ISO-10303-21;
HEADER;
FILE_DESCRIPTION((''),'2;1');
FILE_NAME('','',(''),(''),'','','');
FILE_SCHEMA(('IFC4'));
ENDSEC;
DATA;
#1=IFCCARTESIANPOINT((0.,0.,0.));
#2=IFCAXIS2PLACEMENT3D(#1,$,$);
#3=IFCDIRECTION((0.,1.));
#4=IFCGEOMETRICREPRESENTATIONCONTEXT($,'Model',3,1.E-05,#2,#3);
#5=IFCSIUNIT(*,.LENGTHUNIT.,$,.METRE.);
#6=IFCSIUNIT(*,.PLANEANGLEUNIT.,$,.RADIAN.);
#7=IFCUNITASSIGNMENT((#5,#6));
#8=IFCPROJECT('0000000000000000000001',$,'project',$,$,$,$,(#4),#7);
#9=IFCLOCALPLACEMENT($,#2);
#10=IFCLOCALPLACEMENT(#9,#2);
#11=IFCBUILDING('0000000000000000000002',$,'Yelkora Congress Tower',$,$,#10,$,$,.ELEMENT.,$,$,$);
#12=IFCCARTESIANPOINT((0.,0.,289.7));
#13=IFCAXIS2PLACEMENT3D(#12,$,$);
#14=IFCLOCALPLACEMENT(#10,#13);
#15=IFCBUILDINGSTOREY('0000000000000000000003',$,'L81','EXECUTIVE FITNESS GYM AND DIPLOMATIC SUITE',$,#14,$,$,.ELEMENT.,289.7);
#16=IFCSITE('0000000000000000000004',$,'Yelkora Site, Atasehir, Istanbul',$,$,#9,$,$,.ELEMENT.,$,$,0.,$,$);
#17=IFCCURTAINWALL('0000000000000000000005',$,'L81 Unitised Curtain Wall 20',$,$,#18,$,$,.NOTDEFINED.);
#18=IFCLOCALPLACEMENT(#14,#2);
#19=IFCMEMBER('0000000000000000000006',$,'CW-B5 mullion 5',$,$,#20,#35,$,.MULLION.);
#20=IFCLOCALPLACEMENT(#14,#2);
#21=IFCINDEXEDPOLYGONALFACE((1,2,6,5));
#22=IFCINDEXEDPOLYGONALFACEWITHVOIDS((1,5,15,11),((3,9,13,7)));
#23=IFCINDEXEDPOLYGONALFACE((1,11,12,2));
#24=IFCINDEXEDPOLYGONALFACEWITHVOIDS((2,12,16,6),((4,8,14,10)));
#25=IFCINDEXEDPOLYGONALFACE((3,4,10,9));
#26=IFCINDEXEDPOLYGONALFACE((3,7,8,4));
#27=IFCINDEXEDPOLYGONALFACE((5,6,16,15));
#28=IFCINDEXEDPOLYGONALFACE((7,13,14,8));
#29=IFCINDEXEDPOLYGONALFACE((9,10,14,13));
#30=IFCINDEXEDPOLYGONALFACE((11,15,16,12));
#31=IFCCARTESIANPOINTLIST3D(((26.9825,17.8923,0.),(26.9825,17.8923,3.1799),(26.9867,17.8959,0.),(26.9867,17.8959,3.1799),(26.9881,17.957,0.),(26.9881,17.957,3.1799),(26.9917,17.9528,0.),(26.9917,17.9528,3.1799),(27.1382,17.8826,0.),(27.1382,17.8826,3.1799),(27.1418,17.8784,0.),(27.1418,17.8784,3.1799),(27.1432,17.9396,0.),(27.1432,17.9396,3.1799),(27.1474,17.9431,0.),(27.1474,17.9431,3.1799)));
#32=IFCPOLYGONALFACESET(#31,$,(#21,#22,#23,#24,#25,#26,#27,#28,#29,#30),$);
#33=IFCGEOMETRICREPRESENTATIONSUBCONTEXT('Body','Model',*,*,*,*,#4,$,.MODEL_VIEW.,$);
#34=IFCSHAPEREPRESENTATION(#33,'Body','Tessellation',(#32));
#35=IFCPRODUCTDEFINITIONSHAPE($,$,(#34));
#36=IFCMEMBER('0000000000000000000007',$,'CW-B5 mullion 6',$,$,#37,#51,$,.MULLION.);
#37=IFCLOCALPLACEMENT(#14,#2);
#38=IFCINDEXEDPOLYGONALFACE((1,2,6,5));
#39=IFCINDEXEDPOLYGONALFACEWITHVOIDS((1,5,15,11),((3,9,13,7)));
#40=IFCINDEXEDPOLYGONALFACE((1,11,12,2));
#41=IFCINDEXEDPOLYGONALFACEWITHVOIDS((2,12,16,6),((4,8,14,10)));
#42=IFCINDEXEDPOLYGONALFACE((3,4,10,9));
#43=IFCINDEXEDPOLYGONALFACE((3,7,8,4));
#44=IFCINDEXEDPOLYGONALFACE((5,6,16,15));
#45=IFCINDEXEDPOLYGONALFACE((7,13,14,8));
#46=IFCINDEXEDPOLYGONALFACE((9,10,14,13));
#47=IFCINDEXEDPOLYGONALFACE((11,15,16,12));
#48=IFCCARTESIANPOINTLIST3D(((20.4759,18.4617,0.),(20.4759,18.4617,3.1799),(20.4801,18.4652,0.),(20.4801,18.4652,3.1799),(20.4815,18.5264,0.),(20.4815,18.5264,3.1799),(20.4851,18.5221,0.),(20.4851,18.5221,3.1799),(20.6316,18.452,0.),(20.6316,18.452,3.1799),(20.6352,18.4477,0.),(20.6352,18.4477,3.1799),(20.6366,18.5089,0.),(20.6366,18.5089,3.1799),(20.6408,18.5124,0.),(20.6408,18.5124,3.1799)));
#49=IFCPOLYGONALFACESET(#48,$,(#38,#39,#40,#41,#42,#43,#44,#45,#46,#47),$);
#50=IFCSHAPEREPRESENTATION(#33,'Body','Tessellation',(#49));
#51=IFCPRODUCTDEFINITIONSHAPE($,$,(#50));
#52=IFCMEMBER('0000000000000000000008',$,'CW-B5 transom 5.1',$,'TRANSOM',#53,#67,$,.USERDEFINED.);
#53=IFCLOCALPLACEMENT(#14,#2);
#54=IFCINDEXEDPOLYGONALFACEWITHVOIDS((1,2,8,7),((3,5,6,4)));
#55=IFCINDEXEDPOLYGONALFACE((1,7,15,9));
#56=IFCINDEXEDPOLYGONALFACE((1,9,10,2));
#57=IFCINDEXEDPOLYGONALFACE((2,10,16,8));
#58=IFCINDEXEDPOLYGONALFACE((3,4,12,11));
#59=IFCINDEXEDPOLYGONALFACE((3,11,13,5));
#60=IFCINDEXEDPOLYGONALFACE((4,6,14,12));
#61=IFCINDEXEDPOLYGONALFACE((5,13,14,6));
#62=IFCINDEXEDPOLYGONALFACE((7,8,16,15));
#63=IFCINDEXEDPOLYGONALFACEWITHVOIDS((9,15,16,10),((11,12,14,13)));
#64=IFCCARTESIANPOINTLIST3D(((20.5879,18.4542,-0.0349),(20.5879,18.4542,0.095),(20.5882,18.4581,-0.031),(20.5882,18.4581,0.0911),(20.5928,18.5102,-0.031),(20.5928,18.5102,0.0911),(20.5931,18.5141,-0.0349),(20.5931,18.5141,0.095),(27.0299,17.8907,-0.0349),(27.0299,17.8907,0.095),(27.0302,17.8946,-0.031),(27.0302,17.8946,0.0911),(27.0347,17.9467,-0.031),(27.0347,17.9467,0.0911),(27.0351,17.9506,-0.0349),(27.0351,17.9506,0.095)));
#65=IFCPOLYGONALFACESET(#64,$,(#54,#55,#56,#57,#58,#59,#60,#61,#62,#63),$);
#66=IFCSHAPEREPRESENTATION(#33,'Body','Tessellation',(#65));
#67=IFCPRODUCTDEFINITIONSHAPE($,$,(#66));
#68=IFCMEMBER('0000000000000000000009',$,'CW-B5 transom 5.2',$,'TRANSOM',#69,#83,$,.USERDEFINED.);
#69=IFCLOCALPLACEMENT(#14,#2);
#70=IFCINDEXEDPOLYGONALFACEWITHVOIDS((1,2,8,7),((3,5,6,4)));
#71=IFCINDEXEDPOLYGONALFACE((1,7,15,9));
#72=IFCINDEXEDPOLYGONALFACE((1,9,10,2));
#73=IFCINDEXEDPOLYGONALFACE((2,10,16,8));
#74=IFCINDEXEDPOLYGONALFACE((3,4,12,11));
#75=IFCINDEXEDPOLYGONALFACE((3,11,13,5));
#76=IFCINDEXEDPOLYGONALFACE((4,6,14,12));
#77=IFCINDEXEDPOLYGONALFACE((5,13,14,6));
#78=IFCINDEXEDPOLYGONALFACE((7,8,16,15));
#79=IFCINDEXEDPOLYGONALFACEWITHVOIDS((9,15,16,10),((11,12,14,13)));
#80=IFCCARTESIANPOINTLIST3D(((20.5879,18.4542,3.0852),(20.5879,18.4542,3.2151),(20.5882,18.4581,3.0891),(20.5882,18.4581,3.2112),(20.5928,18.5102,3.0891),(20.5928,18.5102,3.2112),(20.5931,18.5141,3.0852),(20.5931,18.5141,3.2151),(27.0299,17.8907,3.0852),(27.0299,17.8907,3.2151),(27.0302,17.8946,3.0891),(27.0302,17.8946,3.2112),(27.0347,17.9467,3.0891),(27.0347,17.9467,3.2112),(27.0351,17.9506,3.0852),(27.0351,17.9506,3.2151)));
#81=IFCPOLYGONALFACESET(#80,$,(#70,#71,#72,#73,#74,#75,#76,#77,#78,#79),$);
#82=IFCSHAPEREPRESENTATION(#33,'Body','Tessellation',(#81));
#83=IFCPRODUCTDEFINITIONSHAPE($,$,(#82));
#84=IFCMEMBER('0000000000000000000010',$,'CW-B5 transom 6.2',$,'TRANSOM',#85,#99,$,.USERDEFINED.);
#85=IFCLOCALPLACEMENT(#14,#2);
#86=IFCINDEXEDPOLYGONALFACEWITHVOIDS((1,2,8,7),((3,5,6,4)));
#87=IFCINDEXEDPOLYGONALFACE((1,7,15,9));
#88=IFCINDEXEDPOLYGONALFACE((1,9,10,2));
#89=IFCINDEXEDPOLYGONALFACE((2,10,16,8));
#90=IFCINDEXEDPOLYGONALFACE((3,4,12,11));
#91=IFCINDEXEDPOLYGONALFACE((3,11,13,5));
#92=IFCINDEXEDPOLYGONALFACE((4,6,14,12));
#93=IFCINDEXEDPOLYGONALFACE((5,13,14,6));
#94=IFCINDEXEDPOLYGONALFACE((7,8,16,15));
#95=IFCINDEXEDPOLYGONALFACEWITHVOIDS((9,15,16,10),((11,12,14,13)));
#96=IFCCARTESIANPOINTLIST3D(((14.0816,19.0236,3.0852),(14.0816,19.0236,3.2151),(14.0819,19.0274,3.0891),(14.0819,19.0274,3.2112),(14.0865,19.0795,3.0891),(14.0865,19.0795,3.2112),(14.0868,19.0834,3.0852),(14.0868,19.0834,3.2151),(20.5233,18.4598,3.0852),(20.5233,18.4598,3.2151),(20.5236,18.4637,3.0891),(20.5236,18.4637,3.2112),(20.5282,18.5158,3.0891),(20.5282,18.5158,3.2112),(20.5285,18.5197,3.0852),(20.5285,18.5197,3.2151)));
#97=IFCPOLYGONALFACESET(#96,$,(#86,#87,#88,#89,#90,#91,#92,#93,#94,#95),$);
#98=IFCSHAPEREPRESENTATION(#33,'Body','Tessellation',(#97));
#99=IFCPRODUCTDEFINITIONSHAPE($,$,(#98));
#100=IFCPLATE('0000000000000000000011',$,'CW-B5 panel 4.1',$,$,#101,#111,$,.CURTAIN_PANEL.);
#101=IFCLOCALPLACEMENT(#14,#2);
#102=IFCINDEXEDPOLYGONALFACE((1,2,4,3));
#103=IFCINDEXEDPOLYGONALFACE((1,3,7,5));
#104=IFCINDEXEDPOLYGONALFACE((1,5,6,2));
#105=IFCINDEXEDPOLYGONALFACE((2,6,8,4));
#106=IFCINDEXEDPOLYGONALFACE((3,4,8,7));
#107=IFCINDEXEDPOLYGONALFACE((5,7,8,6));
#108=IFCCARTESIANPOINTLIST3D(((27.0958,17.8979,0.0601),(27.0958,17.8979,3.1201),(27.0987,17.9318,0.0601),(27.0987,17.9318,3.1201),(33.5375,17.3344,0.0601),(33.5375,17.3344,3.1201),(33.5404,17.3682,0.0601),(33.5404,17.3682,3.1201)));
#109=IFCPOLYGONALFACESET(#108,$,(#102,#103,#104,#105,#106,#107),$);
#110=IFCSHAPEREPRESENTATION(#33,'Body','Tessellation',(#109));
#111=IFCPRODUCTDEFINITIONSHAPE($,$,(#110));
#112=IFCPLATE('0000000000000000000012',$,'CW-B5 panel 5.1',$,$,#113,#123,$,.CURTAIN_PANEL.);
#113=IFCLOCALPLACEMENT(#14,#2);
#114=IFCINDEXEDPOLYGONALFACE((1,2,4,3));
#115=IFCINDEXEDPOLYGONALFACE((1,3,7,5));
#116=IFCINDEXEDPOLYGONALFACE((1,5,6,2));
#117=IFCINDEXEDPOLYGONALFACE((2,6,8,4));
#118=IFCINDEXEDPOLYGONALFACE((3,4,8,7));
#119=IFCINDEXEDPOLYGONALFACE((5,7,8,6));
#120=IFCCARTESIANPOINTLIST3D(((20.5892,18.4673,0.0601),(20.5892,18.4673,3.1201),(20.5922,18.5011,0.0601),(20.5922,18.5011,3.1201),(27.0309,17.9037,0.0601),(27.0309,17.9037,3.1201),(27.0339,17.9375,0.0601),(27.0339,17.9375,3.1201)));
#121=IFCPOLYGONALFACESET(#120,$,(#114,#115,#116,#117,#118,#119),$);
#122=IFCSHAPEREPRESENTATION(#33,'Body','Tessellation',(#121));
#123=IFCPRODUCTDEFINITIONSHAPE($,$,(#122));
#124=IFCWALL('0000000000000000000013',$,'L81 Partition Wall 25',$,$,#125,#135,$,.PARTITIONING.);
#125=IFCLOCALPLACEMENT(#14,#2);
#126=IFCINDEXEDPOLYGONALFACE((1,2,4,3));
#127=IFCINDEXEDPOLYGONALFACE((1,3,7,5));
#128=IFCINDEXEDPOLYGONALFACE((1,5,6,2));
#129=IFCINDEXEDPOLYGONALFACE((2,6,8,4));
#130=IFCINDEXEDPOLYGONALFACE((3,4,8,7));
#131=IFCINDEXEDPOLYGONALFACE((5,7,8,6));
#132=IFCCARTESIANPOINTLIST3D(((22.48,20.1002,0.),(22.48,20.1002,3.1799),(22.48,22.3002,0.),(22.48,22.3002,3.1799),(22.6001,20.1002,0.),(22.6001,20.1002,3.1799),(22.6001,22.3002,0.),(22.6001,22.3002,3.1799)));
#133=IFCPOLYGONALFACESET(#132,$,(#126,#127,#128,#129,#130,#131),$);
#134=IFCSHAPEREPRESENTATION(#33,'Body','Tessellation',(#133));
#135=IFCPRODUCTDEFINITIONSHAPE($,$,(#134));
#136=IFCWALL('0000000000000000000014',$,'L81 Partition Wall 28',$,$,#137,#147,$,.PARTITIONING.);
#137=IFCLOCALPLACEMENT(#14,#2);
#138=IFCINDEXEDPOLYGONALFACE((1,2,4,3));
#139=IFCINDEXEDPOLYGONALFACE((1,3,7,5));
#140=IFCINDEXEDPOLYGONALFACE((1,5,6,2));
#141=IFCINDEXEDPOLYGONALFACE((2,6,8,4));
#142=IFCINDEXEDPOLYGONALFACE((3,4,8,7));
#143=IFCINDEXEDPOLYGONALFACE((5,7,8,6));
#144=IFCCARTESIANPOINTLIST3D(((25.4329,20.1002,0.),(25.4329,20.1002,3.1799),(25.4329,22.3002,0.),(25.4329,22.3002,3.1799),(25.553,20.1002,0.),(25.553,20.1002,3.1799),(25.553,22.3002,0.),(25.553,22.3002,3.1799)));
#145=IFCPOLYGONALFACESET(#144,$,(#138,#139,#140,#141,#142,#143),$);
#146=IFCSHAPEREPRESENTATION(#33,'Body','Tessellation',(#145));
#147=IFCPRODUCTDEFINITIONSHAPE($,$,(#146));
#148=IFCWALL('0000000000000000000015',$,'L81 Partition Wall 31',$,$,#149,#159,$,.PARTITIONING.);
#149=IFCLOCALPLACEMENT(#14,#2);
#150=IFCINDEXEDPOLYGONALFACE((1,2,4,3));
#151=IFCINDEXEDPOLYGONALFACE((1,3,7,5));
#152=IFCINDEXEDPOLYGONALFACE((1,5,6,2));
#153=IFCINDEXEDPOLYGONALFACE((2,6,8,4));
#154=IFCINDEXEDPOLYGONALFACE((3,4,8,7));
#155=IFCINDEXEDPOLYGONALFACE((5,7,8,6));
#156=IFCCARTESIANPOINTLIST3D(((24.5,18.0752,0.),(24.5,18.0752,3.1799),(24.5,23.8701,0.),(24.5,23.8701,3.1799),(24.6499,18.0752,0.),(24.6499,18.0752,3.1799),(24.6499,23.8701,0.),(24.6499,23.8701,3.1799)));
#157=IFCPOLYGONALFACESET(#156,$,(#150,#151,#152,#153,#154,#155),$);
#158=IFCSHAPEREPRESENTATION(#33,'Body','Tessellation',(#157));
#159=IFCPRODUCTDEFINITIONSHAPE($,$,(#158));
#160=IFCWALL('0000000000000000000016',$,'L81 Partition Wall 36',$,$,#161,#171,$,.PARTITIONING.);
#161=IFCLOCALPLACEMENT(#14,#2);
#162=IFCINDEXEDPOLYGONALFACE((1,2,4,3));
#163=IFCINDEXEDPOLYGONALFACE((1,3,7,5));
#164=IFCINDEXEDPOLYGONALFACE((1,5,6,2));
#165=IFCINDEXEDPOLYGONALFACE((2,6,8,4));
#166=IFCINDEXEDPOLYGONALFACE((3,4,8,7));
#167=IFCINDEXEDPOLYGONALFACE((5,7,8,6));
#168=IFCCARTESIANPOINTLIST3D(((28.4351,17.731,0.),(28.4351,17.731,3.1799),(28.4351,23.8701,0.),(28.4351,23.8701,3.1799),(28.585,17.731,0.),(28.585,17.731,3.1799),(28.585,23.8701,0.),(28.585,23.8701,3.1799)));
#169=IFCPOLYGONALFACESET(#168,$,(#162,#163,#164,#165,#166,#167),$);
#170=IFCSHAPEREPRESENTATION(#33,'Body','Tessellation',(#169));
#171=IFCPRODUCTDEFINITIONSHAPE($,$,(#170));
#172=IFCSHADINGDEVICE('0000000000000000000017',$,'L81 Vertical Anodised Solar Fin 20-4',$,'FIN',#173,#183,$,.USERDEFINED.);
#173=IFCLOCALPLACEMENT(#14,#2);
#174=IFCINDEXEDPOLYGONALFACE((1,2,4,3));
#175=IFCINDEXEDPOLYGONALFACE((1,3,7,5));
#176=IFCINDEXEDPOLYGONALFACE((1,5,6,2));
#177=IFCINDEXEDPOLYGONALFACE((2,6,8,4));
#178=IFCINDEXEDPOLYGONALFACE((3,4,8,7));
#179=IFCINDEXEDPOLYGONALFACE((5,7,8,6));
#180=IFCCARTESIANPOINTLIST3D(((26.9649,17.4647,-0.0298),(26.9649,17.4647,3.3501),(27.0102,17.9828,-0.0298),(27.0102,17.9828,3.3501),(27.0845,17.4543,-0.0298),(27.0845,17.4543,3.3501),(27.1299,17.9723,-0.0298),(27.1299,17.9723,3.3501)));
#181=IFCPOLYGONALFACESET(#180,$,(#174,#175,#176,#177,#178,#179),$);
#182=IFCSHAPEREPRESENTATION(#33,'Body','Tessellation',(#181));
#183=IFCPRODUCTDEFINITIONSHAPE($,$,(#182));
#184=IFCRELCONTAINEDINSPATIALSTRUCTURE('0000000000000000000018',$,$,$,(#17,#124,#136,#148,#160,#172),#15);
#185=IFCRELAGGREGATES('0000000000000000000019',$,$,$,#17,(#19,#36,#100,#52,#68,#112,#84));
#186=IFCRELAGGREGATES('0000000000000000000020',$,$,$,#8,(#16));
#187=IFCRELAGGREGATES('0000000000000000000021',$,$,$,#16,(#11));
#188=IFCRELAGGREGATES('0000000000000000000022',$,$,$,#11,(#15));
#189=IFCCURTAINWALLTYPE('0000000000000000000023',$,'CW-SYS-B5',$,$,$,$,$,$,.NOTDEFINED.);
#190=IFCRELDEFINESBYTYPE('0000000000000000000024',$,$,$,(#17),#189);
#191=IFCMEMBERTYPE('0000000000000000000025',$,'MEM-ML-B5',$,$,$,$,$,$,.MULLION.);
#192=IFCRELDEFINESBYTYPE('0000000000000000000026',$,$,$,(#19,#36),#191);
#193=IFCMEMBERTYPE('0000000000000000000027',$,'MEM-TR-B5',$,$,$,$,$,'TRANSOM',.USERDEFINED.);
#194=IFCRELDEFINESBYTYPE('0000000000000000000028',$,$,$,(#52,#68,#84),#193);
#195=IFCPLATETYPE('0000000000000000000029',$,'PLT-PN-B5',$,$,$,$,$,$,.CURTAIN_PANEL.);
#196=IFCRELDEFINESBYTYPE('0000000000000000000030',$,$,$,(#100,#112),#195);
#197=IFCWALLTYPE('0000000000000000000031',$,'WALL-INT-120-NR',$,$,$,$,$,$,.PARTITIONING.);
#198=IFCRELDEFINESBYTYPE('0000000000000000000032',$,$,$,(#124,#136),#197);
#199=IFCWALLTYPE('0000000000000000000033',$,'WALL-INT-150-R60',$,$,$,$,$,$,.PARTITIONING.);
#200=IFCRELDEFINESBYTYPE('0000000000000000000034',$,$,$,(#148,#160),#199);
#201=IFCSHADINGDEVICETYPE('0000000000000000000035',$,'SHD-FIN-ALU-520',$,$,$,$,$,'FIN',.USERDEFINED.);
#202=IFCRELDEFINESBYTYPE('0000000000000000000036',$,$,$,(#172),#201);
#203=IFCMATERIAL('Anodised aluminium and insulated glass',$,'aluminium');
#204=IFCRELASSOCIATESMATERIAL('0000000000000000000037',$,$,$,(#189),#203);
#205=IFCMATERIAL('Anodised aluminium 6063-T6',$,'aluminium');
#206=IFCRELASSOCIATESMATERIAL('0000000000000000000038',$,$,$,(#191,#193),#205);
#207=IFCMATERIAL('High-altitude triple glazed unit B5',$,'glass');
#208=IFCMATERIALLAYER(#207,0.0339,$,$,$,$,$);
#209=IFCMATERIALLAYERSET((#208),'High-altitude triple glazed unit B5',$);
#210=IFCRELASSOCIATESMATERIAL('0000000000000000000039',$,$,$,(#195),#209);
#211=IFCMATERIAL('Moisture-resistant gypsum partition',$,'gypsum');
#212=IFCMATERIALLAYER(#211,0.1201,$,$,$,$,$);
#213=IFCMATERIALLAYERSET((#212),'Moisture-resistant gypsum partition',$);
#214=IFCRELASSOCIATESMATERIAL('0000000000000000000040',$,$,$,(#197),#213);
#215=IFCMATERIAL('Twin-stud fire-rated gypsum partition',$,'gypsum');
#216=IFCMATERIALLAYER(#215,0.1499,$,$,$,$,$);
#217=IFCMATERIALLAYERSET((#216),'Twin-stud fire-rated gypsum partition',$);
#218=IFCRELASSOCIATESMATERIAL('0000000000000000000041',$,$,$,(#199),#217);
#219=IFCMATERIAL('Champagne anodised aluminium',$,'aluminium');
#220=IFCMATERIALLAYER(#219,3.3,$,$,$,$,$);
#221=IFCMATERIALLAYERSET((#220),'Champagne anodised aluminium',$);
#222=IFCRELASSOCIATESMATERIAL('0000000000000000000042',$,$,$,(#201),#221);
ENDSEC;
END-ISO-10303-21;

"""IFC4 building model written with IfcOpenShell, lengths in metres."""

from ifc_helpers import new_model, si_unit, direction, frame, frame_2d, origin, origin_2d, place, context, subcontext, project, spatial, rectangle, hollow_rectangle, extrude, material, layer, layer_set, material_profile, profile_set, type_object, element, aggregate, save


model = new_model("IFC4")

# Units and contexts
model_context = context("Model", 3, precision=1e-05, world=origin(), true_north=direction((0.0, 1.0)))
body_context = subcontext(model_context, "Body", "Model", "MODEL_VIEW")
ifc_project = project(units=[si_unit("LENGTHUNIT", "METRE"), si_unit("PLANEANGLEUNIT", "RADIAN")], contexts=[model_context])

# Site, building, storey
site_placement = place(None, origin())
site = spatial("IfcSite", under=ifc_project, at=site_placement, Name="Yelkora Site, Atasehir, Istanbul", CompositionType="ELEMENT", RefElevation=0.0)
building_placement = place(site_placement, origin())
building = spatial("IfcBuilding", under=site, at=building_placement, Name="Yelkora Congress Tower", CompositionType="ELEMENT")
storey_placement = place(building_placement, frame((0.0, 0.0, 289.7)))
storey = spatial("IfcBuildingStorey", under=building, at=storey_placement, Name="L81", Description="EXECUTIVE FITNESS GYM AND DIPLOMATIC SUITE", CompositionType="ELEMENT", Elevation=289.7)

# Curtain wall, members, plates
ifc_material_1 = material(Name="Anodised aluminium and insulated glass", Category="aluminium")
curtain_wall_type = type_object("IfcCurtainWallType", Name="CW-SYS-B5", PredefinedType="NOTDEFINED", material=ifc_material_1)
curtain_wall_placement = place(storey_placement, origin())
curtain_wall = element("IfcCurtainWall", 1, at=curtain_wall_placement, inside=storey, type_object=curtain_wall_type, Name="L81 Unitised Curtain Wall 20", PredefinedType="NOTDEFINED")
ifc_material_2 = material(Name="Anodised aluminium 6063-T6", Category="aluminium")
ifc_material_profile_1 = material_profile(ifc_material_2, hollow_rectangle(XDim=0.0649, YDim=0.1599, WallThickness=0.0039, at=origin_2d()), Name="ALU 65x160x4")
ifc_profile_set_1 = profile_set([ifc_material_profile_1], Name="Anodised aluminium 6063-T6")
member_type_1 = type_object("IfcMemberType", Name="MEM-ML-B5", PredefinedType="MULLION", material=ifc_profile_set_1)
member_1_placement = place(storey_placement, frame((27.0649, 17.9177, 0.0), z_axis=(0.0, 0.0, 1.0), x_axis=(-0.087157, -0.996195, 0.0)))
member_1 = element("IfcMember", 2, at=member_1_placement, type_object=member_type_1, Name="CW-B5 mullion 5", PredefinedType="MULLION", context=body_context, shape_type="SweptSolid", body=[
    extrude(hollow_rectangle(XDim=0.0649, YDim=0.1599, WallThickness=0.0039, at=origin_2d()), origin(), (0.0, 0.0, 1.0), 3.1799),
])
member_2_placement = place(storey_placement, frame((20.5583, 18.4871, 0.0), z_axis=(0.0, 0.0, 1.0), x_axis=(-0.087157, -0.996195, 0.0)))
member_2 = element("IfcMember", 3, at=member_2_placement, type_object=member_type_1, Name="CW-B5 mullion 6", PredefinedType="MULLION", context=body_context, shape_type="SweptSolid", body=[
    extrude(hollow_rectangle(XDim=0.0649, YDim=0.1599, WallThickness=0.0039, at=origin_2d()), origin(), (0.0, 0.0, 1.0), 3.1799),
])
ifc_material_profile_2 = material_profile(ifc_material_2, hollow_rectangle(XDim=0.0601, YDim=0.1299, WallThickness=0.0039, at=origin_2d()), Name="ALU 60x130x4")
ifc_profile_set_2 = profile_set([ifc_material_profile_2], Name="Anodised aluminium 6063-T6")
member_type_2 = type_object("IfcMemberType", Name="MEM-TR-B5", ElementType="TRANSOM", PredefinedType="USERDEFINED", material=ifc_profile_set_2)
member_3_placement = place(storey_placement, frame((27.0325, 17.9207, 0.03), z_axis=(-0.996196, 0.087138, 0.0), x_axis=(-0.087138, -0.996196, 0.0)))
member_3 = element("IfcMember", 4, at=member_3_placement, type_object=member_type_2, Name="CW-B5 transom 5.1", ObjectType="TRANSOM", PredefinedType="USERDEFINED", context=body_context, shape_type="SweptSolid", body=[
    extrude(hollow_rectangle(XDim=0.0601, YDim=0.1299, WallThickness=0.0039, at=origin_2d()), origin(), (0.0, 0.0, 1.0), 6.4666),
])
member_4_placement = place(storey_placement, frame((27.0325, 17.9207, 3.1501), z_axis=(-0.996196, 0.087138, 0.0), x_axis=(-0.087138, -0.996196, 0.0)))
member_4 = element("IfcMember", 5, at=member_4_placement, type_object=member_type_2, Name="CW-B5 transom 5.2", ObjectType="TRANSOM", PredefinedType="USERDEFINED", context=body_context, shape_type="SweptSolid", body=[
    extrude(hollow_rectangle(XDim=0.0601, YDim=0.1299, WallThickness=0.0039, at=origin_2d()), origin(), (0.0, 0.0, 1.0), 6.4666),
])
member_5_placement = place(storey_placement, frame((20.5259, 18.4897, 3.1501), z_axis=(-0.996193, 0.087179, 0.0), x_axis=(-0.087179, -0.996193, 0.0)))
member_5 = element("IfcMember", 6, at=member_5_placement, type_object=member_type_2, Name="CW-B5 transom 6.2", ObjectType="TRANSOM", PredefinedType="USERDEFINED", context=body_context, shape_type="SweptSolid", body=[
    extrude(hollow_rectangle(XDim=0.0601, YDim=0.1299, WallThickness=0.0039, at=origin_2d()), origin(), (0.0, 0.0, 1.0), 6.4663),
])
ifc_material_3 = material(Name="High-altitude triple glazed unit B5", Category="glass")
ifc_layer_1 = layer(ifc_material_3, 0.0339)
ifc_layer_set_1 = layer_set([ifc_layer_1], Name="High-altitude triple glazed unit B5")
plate_type = type_object("IfcPlateType", Name="PLT-PN-B5", PredefinedType="CURTAIN_PANEL", material=ifc_layer_set_1)
plate_1_placement = place(storey_placement, frame((30.3181, 17.6331, 0.0601), z_axis=(0.0, 0.0, 1.0), x_axis=(-0.996195, 0.087157, 0.0)))
plate_1 = element("IfcPlate", 7, at=plate_1_placement, type_object=plate_type, Name="CW-B5 panel 4.1", PredefinedType="CURTAIN_PANEL", context=body_context, shape_type="SweptSolid", body=[
    extrude(rectangle(XDim=6.4663, YDim=0.0339, at=origin_2d()), origin(), (0.0, 0.0, 1.0), 3.0601),
])
plate_2_placement = place(storey_placement, frame((23.8115, 18.2024, 0.0601), z_axis=(0.0, 0.0, 1.0), x_axis=(-0.996195, 0.087157, 0.0)))
plate_2 = element("IfcPlate", 8, at=plate_2_placement, type_object=plate_type, Name="CW-B5 panel 5.1", PredefinedType="CURTAIN_PANEL", context=body_context, shape_type="SweptSolid", body=[
    extrude(rectangle(XDim=6.4663, YDim=0.0339, at=origin_2d()), origin(), (0.0, 0.0, 1.0), 3.0601),
])
aggregate(curtain_wall, [member_1, member_2, plate_1, member_3, member_4, plate_2, member_5])

# Walls
ifc_material_4 = material(Name="Moisture-resistant gypsum partition", Category="gypsum")
ifc_layer_2 = layer(ifc_material_4, 0.1201)
ifc_layer_set_2 = layer_set([ifc_layer_2], Name="Moisture-resistant gypsum partition")
wall_type_1 = type_object("IfcWallType", Name="WALL-INT-120-NR", PredefinedType="PARTITIONING", material=ifc_layer_set_2)
for number, where, z_axis, x_axis, name in (
    (9, (22.54, 20.1001, 0.0), (0.0, 0.0, 1.0), (0.0, 1.0, 0.0), "L81 Partition Wall 25"),
    (10, (25.4929, 20.1001, 0.0), (0.0, 0.0, 1.0), (0.0, 1.0, 0.0), "L81 Partition Wall 28"),
):
    element("IfcWall", number, at=place(storey_placement, frame(where, z_axis=z_axis, x_axis=x_axis)), inside=storey, type_object=wall_type_1, Name=name, PredefinedType="PARTITIONING", context=body_context, shape_type="SweptSolid", body=[
        extrude(rectangle(XDim=2.2, YDim=0.1201, at=frame_2d((1.1001, 0.0))), origin(), (0.0, 0.0, 1.0), 3.1799),
    ])
ifc_material_5 = material(Name="Twin-stud fire-rated gypsum partition", Category="gypsum")
ifc_layer_3 = layer(ifc_material_5, 0.1499)
ifc_layer_set_3 = layer_set([ifc_layer_3], Name="Twin-stud fire-rated gypsum partition")
wall_type_2 = type_object("IfcWallType", Name="WALL-INT-150-R60", PredefinedType="PARTITIONING", material=ifc_layer_set_3)
wall_1_placement = place(storey_placement, frame((24.575, 18.0752, 0.0), z_axis=(0.0, 0.0, 1.0), x_axis=(0.0, 1.0, 0.0)))
element("IfcWall", 11, at=wall_1_placement, inside=storey, type_object=wall_type_2, Name="L81 Partition Wall 31", PredefinedType="PARTITIONING", context=body_context, shape_type="SweptSolid", body=[
    extrude(rectangle(XDim=5.7949, YDim=0.1499, at=frame_2d((2.8975, 0.0))), origin(), (0.0, 0.0, 1.0), 3.1799),
])
wall_2_placement = place(storey_placement, frame((28.51, 17.731, 0.0), z_axis=(0.0, 0.0, 1.0), x_axis=(0.0, 1.0, 0.0)))
element("IfcWall", 12, at=wall_2_placement, inside=storey, type_object=wall_type_2, Name="L81 Partition Wall 36", PredefinedType="PARTITIONING", context=body_context, shape_type="SweptSolid", body=[
    extrude(rectangle(XDim=6.1392, YDim=0.1499, at=frame_2d((3.0696, 0.0))), origin(), (0.0, 0.0, 1.0), 3.1799),
])

# Shading device
ifc_material_6 = material(Name="Champagne anodised aluminium", Category="aluminium")
ifc_layer_4 = layer(ifc_material_6, 3.3)
ifc_layer_set_4 = layer_set([ifc_layer_4], Name="Champagne anodised aluminium")
shading_device_type = type_object("IfcShadingDeviceType", Name="SHD-FIN-ALU-520", ElementType="FIN", PredefinedType="USERDEFINED", material=ifc_layer_set_4)
for number, where, z_axis, x_axis, name in (
    (13, (27.0474, 17.7185, -0.0298), (0.0, 0.0, 1.0), (-0.996195, 0.087156, 0.0), "L81 Vertical Anodised Solar Fin 20-4"),
):
    element("IfcShadingDevice", number, at=place(storey_placement, frame(where, z_axis=z_axis, x_axis=x_axis)), inside=storey, type_object=shading_device_type, Name=name, ObjectType="FIN", PredefinedType="USERDEFINED", context=body_context, shape_type="SweptSolid", body=[
        extrude(rectangle(XDim=0.1201, YDim=0.52, at=origin_2d()), origin(), (0.0, 0.0, 1.0), 3.3799),
    ])

save(model, "model.ifc")
